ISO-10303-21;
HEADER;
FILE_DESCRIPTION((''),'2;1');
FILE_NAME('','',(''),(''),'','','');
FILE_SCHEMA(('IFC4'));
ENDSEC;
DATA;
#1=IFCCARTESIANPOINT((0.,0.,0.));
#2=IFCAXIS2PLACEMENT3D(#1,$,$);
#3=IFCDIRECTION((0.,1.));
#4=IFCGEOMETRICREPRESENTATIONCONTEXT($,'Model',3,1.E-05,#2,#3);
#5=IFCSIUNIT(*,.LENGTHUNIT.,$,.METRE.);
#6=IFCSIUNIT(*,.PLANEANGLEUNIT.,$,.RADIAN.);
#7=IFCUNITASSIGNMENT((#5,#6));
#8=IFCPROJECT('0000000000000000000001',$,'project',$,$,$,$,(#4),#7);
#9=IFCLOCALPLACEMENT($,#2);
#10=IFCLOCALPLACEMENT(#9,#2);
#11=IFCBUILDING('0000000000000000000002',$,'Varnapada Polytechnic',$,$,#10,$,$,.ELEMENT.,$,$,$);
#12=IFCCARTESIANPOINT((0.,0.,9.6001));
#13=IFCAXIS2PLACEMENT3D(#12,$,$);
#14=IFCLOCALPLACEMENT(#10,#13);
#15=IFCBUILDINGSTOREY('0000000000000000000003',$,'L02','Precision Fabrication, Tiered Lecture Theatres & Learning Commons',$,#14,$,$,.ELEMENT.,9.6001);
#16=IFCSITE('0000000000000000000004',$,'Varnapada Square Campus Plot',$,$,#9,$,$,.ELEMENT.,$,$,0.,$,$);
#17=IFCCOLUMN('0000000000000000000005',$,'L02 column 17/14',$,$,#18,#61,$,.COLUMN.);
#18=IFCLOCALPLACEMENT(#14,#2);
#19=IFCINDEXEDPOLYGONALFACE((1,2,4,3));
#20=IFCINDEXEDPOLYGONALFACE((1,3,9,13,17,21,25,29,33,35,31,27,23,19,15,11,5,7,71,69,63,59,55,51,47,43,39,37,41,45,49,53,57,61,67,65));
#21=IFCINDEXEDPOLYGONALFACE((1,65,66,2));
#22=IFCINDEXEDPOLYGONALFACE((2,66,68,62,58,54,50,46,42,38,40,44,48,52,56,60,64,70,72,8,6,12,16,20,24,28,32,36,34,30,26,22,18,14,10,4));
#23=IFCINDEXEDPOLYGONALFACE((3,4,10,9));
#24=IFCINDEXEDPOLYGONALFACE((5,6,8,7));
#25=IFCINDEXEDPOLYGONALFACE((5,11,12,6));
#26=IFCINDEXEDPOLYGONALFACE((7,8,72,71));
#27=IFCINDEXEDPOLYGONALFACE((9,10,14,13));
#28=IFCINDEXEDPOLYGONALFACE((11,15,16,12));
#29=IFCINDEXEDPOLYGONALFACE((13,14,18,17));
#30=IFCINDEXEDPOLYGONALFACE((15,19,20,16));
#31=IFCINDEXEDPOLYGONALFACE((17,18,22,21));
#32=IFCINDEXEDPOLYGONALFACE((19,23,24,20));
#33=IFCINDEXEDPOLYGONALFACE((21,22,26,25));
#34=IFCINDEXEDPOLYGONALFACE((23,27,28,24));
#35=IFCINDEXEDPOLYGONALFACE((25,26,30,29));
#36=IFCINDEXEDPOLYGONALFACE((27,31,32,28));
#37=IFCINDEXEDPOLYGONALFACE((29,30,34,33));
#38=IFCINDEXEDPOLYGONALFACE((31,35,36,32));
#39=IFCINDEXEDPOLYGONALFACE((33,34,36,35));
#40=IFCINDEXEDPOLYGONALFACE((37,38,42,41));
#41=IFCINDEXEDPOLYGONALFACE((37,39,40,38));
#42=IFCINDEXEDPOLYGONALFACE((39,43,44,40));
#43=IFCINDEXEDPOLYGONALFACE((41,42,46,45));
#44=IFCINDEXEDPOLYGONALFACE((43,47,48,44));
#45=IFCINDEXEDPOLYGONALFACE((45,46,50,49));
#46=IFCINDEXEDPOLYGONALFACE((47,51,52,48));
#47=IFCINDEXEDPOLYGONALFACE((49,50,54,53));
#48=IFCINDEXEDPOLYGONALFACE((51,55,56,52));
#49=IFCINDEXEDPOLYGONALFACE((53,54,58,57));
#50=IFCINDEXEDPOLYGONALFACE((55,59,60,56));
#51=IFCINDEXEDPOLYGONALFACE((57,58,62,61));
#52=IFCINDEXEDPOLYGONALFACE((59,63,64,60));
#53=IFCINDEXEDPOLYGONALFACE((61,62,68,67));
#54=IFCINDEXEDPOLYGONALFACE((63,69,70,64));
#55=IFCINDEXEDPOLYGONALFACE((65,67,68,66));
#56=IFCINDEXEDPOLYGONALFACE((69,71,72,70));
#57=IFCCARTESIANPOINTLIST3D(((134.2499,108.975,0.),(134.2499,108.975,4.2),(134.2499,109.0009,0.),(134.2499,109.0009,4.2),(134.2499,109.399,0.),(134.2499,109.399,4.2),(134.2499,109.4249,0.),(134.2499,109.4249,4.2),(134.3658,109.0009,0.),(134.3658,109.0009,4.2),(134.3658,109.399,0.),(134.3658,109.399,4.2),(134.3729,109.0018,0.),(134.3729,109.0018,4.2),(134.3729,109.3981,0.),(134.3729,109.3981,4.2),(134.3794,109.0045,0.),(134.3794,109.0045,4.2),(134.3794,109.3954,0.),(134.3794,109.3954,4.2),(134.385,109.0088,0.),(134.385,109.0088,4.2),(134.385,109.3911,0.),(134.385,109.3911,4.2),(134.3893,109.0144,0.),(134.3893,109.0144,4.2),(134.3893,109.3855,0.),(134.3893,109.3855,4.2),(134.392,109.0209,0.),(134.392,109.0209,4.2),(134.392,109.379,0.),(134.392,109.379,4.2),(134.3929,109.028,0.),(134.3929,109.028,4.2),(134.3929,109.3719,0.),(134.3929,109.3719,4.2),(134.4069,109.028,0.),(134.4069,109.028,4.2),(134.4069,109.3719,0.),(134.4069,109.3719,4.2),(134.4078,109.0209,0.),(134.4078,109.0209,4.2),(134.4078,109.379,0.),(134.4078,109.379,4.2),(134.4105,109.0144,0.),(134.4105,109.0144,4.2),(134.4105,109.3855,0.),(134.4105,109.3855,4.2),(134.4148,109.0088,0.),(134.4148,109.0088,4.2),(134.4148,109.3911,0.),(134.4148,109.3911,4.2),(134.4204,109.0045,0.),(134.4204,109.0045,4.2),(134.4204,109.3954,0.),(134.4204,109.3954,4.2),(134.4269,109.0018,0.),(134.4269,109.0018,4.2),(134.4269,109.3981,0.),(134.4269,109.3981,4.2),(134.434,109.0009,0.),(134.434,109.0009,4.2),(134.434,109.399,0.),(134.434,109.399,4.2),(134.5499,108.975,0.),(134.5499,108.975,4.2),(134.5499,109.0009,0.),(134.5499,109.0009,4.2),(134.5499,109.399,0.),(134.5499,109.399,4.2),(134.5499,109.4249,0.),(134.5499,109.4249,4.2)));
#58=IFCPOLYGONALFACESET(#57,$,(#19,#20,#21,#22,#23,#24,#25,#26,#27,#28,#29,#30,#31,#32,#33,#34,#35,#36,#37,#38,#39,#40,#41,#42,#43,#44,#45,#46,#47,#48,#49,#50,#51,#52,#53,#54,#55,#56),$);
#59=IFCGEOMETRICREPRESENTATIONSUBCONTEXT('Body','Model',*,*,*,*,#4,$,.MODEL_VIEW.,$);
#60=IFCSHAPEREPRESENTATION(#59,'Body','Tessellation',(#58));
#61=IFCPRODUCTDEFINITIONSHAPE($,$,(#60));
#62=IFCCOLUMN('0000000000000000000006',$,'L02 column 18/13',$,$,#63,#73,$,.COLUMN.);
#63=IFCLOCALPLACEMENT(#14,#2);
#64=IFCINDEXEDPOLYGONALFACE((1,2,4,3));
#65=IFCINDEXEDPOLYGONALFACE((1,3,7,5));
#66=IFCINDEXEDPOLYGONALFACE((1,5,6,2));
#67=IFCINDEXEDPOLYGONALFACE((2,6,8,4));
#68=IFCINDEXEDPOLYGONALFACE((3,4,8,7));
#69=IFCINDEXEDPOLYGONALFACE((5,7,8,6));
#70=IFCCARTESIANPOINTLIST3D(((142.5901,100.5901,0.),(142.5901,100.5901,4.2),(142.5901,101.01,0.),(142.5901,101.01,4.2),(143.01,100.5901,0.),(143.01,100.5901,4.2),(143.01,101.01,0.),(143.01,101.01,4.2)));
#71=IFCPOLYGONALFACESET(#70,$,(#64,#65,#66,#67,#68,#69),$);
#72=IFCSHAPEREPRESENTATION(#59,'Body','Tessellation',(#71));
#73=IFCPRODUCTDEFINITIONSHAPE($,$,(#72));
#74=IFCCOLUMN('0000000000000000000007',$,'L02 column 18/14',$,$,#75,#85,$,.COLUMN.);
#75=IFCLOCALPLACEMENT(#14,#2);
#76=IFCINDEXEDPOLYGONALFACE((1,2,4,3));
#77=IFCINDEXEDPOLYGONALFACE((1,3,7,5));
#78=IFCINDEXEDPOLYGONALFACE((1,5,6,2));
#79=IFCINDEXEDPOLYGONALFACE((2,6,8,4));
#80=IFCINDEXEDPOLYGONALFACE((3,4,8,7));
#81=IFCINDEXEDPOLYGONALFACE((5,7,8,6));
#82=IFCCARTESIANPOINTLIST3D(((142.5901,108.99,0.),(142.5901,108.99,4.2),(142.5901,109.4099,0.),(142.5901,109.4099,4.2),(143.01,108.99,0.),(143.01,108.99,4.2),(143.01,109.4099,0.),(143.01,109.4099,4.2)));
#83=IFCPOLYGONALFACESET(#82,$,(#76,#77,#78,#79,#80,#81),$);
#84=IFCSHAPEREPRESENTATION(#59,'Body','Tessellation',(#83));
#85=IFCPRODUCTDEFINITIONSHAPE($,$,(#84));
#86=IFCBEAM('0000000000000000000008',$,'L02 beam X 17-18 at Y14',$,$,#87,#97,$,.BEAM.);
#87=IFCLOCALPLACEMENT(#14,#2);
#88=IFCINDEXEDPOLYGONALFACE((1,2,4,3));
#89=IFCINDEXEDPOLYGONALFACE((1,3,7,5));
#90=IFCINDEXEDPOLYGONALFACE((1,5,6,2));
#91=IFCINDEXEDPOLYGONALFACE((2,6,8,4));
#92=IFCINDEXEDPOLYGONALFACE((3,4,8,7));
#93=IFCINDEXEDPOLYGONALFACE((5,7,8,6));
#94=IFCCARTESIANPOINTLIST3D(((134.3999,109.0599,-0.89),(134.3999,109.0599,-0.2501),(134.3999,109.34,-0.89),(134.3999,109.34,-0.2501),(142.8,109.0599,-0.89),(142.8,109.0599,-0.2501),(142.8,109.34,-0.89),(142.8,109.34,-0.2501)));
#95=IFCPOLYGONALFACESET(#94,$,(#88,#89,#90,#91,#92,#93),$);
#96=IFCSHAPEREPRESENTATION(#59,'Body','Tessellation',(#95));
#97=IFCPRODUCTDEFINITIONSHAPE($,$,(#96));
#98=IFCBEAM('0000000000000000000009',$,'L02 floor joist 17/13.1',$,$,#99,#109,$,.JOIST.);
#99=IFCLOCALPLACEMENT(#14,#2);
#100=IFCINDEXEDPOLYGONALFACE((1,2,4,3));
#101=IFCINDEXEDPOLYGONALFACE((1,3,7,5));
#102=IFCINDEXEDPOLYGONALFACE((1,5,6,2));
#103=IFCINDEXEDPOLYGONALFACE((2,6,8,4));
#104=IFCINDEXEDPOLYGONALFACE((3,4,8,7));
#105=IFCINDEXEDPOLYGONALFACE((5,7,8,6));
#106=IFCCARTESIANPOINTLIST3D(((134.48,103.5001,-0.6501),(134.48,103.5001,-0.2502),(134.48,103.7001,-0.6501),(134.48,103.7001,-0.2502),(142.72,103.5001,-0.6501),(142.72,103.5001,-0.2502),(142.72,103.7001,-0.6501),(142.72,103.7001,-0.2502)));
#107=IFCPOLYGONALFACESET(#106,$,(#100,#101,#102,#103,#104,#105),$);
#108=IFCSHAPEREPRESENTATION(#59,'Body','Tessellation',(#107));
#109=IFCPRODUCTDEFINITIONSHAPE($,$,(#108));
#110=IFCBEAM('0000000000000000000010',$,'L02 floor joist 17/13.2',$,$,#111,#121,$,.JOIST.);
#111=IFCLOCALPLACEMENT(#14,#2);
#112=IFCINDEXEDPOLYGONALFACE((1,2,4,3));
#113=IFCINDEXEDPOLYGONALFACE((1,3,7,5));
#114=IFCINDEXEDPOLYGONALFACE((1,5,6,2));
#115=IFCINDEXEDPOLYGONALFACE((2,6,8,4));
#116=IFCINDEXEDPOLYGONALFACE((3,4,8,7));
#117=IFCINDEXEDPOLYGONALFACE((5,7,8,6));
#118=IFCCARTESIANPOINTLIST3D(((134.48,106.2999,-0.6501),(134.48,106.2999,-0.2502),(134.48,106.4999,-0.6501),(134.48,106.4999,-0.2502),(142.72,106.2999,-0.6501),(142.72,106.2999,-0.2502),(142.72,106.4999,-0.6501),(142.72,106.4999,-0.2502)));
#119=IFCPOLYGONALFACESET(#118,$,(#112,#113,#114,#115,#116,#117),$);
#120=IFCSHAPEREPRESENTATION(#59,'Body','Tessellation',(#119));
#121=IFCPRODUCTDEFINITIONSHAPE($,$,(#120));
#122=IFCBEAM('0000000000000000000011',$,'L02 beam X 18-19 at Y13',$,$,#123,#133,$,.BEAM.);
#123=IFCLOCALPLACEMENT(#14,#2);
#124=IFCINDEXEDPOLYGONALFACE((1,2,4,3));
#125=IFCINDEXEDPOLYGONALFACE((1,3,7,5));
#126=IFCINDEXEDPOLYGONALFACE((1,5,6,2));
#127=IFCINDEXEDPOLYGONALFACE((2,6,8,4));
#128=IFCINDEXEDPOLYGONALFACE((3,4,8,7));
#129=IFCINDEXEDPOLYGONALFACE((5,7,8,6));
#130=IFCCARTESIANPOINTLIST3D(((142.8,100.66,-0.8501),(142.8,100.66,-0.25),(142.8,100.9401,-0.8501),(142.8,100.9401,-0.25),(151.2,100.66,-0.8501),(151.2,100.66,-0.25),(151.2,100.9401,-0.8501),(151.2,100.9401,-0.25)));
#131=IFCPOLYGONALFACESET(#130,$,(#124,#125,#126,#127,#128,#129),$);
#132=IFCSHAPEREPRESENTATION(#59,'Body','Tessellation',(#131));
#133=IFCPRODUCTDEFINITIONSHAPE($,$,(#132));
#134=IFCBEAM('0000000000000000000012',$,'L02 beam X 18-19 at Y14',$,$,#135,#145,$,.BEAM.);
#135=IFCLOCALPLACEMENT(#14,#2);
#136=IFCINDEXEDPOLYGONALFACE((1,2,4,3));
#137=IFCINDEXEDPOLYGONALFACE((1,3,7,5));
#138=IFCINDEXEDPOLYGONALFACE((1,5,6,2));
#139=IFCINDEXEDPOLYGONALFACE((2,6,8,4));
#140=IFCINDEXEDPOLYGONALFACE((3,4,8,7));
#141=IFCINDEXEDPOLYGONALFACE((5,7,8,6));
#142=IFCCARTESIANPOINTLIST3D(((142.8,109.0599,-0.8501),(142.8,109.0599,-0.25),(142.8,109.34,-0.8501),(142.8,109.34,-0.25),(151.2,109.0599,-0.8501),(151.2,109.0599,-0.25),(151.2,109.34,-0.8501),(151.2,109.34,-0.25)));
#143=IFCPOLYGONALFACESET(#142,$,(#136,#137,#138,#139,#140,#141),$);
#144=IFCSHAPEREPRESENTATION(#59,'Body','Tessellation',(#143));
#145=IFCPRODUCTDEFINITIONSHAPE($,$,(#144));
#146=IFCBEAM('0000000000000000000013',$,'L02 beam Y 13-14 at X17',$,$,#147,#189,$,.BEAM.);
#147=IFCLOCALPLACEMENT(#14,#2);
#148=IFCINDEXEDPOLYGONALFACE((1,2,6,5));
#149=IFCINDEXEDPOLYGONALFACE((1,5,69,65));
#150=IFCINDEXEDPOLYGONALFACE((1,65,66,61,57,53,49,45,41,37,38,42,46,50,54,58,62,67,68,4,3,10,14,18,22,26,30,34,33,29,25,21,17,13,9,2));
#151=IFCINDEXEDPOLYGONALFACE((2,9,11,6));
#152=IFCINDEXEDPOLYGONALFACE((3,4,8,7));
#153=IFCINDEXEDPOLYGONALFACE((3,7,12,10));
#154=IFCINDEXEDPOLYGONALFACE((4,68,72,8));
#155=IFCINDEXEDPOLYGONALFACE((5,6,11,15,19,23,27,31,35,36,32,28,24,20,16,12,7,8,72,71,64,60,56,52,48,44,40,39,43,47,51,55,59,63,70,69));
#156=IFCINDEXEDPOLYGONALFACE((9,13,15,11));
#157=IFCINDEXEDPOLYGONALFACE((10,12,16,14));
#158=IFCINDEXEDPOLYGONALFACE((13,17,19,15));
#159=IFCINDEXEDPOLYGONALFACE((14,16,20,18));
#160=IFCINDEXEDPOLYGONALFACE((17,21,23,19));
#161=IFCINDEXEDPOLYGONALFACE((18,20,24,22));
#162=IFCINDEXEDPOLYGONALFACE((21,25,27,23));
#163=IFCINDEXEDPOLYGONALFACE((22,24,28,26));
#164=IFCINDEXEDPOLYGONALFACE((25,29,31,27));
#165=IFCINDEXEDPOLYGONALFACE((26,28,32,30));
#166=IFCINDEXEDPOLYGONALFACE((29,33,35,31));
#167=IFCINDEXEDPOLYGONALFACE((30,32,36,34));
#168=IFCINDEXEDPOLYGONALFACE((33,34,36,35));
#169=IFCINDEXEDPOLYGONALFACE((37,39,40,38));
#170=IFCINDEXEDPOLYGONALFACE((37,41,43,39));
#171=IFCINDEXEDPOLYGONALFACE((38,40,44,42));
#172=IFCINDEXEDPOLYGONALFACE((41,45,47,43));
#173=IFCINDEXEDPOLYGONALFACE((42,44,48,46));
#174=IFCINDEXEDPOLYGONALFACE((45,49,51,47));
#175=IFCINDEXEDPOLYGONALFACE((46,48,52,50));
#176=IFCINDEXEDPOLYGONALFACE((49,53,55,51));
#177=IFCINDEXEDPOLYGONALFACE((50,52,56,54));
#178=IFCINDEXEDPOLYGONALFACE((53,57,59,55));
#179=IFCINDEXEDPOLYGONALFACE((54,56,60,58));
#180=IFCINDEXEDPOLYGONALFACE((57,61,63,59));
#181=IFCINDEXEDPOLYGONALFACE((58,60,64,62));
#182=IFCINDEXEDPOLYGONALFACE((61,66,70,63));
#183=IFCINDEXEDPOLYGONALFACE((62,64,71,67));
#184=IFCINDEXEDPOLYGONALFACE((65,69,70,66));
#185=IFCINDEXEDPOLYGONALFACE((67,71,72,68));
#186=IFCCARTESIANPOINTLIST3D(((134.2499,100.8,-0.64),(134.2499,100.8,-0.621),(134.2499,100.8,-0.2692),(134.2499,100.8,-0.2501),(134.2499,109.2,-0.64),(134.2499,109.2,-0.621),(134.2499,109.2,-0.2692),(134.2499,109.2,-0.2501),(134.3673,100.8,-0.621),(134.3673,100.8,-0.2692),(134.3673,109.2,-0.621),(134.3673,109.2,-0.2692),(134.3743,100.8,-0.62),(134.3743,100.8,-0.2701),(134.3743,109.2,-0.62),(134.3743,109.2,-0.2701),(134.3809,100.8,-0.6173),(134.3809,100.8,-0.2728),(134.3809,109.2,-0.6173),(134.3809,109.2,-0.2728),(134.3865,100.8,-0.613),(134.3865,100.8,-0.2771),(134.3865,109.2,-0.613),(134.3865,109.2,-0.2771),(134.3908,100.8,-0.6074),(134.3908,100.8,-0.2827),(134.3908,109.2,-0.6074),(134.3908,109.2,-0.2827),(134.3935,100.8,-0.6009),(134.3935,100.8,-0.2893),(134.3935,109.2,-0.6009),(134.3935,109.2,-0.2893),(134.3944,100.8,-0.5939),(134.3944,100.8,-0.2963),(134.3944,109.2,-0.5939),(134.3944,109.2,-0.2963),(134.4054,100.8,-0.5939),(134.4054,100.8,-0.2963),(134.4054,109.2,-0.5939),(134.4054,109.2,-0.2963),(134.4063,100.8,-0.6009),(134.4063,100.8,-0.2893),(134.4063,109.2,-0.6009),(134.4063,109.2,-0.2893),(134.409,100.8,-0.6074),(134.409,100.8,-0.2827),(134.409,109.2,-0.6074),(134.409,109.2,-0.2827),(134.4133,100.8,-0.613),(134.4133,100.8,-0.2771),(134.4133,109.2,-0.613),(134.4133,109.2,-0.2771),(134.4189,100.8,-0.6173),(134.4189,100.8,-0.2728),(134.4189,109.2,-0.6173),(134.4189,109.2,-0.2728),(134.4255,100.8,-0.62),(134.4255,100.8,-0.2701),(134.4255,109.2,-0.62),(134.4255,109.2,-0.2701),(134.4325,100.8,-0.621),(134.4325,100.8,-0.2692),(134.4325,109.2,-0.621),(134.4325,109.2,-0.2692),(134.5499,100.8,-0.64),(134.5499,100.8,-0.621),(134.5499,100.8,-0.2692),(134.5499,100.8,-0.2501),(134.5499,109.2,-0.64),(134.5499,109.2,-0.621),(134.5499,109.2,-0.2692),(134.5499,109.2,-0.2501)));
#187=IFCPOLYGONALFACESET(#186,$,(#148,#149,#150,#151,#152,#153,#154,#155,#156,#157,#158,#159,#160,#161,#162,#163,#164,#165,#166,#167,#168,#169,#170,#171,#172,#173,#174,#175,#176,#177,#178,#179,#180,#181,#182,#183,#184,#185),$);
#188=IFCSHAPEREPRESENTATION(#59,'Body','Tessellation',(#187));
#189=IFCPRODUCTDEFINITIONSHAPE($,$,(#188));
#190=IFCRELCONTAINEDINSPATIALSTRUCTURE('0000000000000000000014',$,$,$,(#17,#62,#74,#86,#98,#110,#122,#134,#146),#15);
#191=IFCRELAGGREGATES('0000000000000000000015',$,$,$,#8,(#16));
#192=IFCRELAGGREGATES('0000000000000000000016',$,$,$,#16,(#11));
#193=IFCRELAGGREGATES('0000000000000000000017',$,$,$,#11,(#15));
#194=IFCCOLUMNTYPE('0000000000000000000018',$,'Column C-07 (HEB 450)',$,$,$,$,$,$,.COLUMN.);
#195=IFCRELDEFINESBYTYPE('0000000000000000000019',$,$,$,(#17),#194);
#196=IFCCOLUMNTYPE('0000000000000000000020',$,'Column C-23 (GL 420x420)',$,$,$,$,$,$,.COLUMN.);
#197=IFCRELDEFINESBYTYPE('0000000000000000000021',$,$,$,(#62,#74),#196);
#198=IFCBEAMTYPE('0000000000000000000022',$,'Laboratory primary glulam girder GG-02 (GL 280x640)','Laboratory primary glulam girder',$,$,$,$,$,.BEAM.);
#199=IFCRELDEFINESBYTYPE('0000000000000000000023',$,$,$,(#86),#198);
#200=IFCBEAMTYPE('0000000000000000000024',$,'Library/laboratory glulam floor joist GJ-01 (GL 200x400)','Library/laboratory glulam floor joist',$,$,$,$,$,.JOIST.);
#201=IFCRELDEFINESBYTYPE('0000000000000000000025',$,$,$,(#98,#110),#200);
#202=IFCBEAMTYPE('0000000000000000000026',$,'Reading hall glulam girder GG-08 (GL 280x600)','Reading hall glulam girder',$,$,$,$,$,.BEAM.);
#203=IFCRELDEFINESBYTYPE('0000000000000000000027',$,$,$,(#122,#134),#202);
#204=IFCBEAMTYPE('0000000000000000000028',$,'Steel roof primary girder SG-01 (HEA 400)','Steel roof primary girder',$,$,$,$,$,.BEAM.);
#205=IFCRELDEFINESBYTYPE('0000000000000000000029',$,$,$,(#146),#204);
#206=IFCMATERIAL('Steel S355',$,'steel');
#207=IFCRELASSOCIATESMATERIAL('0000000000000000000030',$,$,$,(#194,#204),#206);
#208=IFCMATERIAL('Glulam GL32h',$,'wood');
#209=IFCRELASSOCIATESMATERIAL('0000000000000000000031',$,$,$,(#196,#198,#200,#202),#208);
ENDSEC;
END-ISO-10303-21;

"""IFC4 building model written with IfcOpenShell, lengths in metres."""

from ifc_helpers import new_model, si_unit, direction, frame, origin, origin_2d, place, context, subcontext, project, spatial, rectangle, i_section, extrude, material, material_profile, profile_set, type_object, element, save


model = new_model("IFC4")

# Units and contexts
model_context = context("Model", 3, precision=1e-05, world=origin(), true_north=direction((0.0, 1.0)))
body_context = subcontext(model_context, "Body", "Model", "MODEL_VIEW")
ifc_project = project(units=[si_unit("LENGTHUNIT", "METRE"), si_unit("PLANEANGLEUNIT", "RADIAN")], contexts=[model_context])

# Site, building, storey
site_placement = place(None, origin())
site = spatial("IfcSite", under=ifc_project, at=site_placement, Name="Varnapada Square Campus Plot", CompositionType="ELEMENT", RefElevation=0.0)
building_placement = place(site_placement, origin())
building = spatial("IfcBuilding", under=site, at=building_placement, Name="Varnapada Polytechnic", CompositionType="ELEMENT")
storey_placement = place(building_placement, frame((0.0, 0.0, 9.6001)))
storey = spatial("IfcBuildingStorey", under=building, at=storey_placement, Name="L02", Description="Precision Fabrication, Tiered Lecture Theatres & Learning Commons", CompositionType="ELEMENT", Elevation=9.6001)

# Columns
ifc_material_1 = material(Name="Steel S355", Category="steel")
ifc_material_profile_1 = material_profile(ifc_material_1, i_section(OverallWidth=0.3, OverallDepth=0.45, WebThickness=0.0139, FlangeThickness=0.0259, FilletRadius=0.0271, at=origin_2d()), Name="HEB 450")
ifc_profile_set_1 = profile_set([ifc_material_profile_1], Name="Steel S355")
column_type_1 = type_object("IfcColumnType", Name="Column C-07 (HEB 450)", PredefinedType="COLUMN", material=ifc_profile_set_1)
column_placement = place(storey_placement, frame((134.3999, 109.2, 0.0), z_axis=(0.0, 0.0, 1.0), x_axis=(1.0, 0.0, 0.0)))
element("IfcColumn", 1, at=column_placement, inside=storey, type_object=column_type_1, Name="L02 column 17/14", PredefinedType="COLUMN", context=body_context, shape_type="SweptSolid", body=[
    extrude(i_section(OverallWidth=0.3, OverallDepth=0.45, WebThickness=0.0139, FlangeThickness=0.0259, FilletRadius=0.0271, at=origin_2d()), origin(), (0.0, 0.0, 1.0), 4.2),
])
ifc_material_2 = material(Name="Glulam GL32h", Category="wood")
ifc_material_profile_2 = material_profile(ifc_material_2, rectangle(XDim=0.4199, YDim=0.4199, at=origin_2d()), Name="GL 420x420")
ifc_profile_set_2 = profile_set([ifc_material_profile_2], Name="Glulam GL32h")
column_type_2 = type_object("IfcColumnType", Name="Column C-23 (GL 420x420)", PredefinedType="COLUMN", material=ifc_profile_set_2)
for number, where, z_axis, x_axis, name in (
    (2, (142.8, 100.8, 0.0), (0.0, 0.0, 1.0), (1.0, 0.0, 0.0), "L02 column 18/13"),
    (3, (142.8, 109.2, 0.0), (0.0, 0.0, 1.0), (1.0, 0.0, 0.0), "L02 column 18/14"),
):
    element("IfcColumn", number, at=place(storey_placement, frame(where, z_axis=z_axis, x_axis=x_axis)), inside=storey, type_object=column_type_2, Name=name, PredefinedType="COLUMN", context=body_context, shape_type="SweptSolid", body=[
        extrude(rectangle(XDim=0.4199, YDim=0.4199, at=origin_2d()), origin(), (0.0, 0.0, 1.0), 4.2),
    ])

# Beams
ifc_material_profile_3 = material_profile(ifc_material_2, rectangle(XDim=0.28, YDim=0.6399, at=origin_2d()), Name="GL 280x640")
ifc_profile_set_3 = profile_set([ifc_material_profile_3], Name="Glulam GL32h")
beam_type_1 = type_object("IfcBeamType", Name="Laboratory primary glulam girder GG-02 (GL 280x640)", Description="Laboratory primary glulam girder", PredefinedType="BEAM", material=ifc_profile_set_3)
beam_1_placement = place(storey_placement, frame((134.3999, 109.2, -0.5701), z_axis=(1.0, 0.0, 0.0), x_axis=(0.0, 1.0, 0.0)))
element("IfcBeam", 4, at=beam_1_placement, inside=storey, type_object=beam_type_1, Name="L02 beam X 17-18 at Y14", PredefinedType="BEAM", context=body_context, shape_type="SweptSolid", body=[
    extrude(rectangle(XDim=0.28, YDim=0.6399, at=origin_2d()), origin(), (0.0, 0.0, 1.0), 8.4001),
])
ifc_material_profile_4 = material_profile(ifc_material_2, rectangle(XDim=0.2, YDim=0.3999, at=origin_2d()), Name="GL 200x400")
ifc_profile_set_4 = profile_set([ifc_material_profile_4], Name="Glulam GL32h")
beam_type_2 = type_object("IfcBeamType", Name="Library/laboratory glulam floor joist GJ-01 (GL 200x400)", Description="Library/laboratory glulam floor joist", PredefinedType="JOIST", material=ifc_profile_set_4)
for number, where, z_axis, x_axis, name in (
    (5, (134.48, 103.6001, -0.4502), (1.0, 0.0, 0.0), (0.0, 1.0, 0.0), "L02 floor joist 17/13.1"),
    (6, (134.48, 106.3999, -0.4502), (1.0, 0.0, 0.0), (0.0, 1.0, 0.0), "L02 floor joist 17/13.2"),
):
    element("IfcBeam", number, at=place(storey_placement, frame(where, z_axis=z_axis, x_axis=x_axis)), inside=storey, type_object=beam_type_2, Name=name, PredefinedType="JOIST", context=body_context, shape_type="SweptSolid", body=[
        extrude(rectangle(XDim=0.2, YDim=0.3999, at=origin_2d()), origin(), (0.0, 0.0, 1.0), 8.24),
    ])
ifc_material_profile_5 = material_profile(ifc_material_2, rectangle(XDim=0.28, YDim=0.6001, at=origin_2d()), Name="GL 280x600")
ifc_profile_set_5 = profile_set([ifc_material_profile_5], Name="Glulam GL32h")
beam_type_3 = type_object("IfcBeamType", Name="Reading hall glulam girder GG-08 (GL 280x600)", Description="Reading hall glulam girder", PredefinedType="BEAM", material=ifc_profile_set_5)
for number, where, z_axis, x_axis, name in (
    (7, (142.8, 100.8, -0.55), (1.0, 0.0, 0.0), (0.0, 1.0, 0.0), "L02 beam X 18-19 at Y13"),
    (8, (142.8, 109.2, -0.55), (1.0, 0.0, 0.0), (0.0, 1.0, 0.0), "L02 beam X 18-19 at Y14"),
):
    element("IfcBeam", number, at=place(storey_placement, frame(where, z_axis=z_axis, x_axis=x_axis)), inside=storey, type_object=beam_type_3, Name=name, PredefinedType="BEAM", context=body_context, shape_type="SweptSolid", body=[
        extrude(rectangle(XDim=0.28, YDim=0.6001, at=origin_2d()), origin(), (0.0, 0.0, 1.0), 8.3999),
    ])
ifc_material_profile_6 = material_profile(ifc_material_1, i_section(OverallWidth=0.3, OverallDepth=0.3899, WebThickness=0.011, FlangeThickness=0.019, FilletRadius=0.0271, at=origin_2d()), Name="HEA 400")
ifc_profile_set_6 = profile_set([ifc_material_profile_6], Name="Steel S355")
beam_type_4 = type_object("IfcBeamType", Name="Steel roof primary girder SG-01 (HEA 400)", Description="Steel roof primary girder", PredefinedType="BEAM", material=ifc_profile_set_6)
beam_2_placement = place(storey_placement, frame((134.3999, 100.8, -0.4451), z_axis=(0.0, 1.0, 0.0), x_axis=(-1.0, 0.0, 0.0)))
element("IfcBeam", 9, at=beam_2_placement, inside=storey, type_object=beam_type_4, Name="L02 beam Y 13-14 at X17", PredefinedType="BEAM", context=body_context, shape_type="SweptSolid", body=[
    extrude(i_section(OverallWidth=0.3, OverallDepth=0.3899, WebThickness=0.011, FlangeThickness=0.019, FilletRadius=0.0271, at=origin_2d()), origin(), (0.0, 0.0, 1.0), 8.3999),
])

save(model, "model.ifc")
